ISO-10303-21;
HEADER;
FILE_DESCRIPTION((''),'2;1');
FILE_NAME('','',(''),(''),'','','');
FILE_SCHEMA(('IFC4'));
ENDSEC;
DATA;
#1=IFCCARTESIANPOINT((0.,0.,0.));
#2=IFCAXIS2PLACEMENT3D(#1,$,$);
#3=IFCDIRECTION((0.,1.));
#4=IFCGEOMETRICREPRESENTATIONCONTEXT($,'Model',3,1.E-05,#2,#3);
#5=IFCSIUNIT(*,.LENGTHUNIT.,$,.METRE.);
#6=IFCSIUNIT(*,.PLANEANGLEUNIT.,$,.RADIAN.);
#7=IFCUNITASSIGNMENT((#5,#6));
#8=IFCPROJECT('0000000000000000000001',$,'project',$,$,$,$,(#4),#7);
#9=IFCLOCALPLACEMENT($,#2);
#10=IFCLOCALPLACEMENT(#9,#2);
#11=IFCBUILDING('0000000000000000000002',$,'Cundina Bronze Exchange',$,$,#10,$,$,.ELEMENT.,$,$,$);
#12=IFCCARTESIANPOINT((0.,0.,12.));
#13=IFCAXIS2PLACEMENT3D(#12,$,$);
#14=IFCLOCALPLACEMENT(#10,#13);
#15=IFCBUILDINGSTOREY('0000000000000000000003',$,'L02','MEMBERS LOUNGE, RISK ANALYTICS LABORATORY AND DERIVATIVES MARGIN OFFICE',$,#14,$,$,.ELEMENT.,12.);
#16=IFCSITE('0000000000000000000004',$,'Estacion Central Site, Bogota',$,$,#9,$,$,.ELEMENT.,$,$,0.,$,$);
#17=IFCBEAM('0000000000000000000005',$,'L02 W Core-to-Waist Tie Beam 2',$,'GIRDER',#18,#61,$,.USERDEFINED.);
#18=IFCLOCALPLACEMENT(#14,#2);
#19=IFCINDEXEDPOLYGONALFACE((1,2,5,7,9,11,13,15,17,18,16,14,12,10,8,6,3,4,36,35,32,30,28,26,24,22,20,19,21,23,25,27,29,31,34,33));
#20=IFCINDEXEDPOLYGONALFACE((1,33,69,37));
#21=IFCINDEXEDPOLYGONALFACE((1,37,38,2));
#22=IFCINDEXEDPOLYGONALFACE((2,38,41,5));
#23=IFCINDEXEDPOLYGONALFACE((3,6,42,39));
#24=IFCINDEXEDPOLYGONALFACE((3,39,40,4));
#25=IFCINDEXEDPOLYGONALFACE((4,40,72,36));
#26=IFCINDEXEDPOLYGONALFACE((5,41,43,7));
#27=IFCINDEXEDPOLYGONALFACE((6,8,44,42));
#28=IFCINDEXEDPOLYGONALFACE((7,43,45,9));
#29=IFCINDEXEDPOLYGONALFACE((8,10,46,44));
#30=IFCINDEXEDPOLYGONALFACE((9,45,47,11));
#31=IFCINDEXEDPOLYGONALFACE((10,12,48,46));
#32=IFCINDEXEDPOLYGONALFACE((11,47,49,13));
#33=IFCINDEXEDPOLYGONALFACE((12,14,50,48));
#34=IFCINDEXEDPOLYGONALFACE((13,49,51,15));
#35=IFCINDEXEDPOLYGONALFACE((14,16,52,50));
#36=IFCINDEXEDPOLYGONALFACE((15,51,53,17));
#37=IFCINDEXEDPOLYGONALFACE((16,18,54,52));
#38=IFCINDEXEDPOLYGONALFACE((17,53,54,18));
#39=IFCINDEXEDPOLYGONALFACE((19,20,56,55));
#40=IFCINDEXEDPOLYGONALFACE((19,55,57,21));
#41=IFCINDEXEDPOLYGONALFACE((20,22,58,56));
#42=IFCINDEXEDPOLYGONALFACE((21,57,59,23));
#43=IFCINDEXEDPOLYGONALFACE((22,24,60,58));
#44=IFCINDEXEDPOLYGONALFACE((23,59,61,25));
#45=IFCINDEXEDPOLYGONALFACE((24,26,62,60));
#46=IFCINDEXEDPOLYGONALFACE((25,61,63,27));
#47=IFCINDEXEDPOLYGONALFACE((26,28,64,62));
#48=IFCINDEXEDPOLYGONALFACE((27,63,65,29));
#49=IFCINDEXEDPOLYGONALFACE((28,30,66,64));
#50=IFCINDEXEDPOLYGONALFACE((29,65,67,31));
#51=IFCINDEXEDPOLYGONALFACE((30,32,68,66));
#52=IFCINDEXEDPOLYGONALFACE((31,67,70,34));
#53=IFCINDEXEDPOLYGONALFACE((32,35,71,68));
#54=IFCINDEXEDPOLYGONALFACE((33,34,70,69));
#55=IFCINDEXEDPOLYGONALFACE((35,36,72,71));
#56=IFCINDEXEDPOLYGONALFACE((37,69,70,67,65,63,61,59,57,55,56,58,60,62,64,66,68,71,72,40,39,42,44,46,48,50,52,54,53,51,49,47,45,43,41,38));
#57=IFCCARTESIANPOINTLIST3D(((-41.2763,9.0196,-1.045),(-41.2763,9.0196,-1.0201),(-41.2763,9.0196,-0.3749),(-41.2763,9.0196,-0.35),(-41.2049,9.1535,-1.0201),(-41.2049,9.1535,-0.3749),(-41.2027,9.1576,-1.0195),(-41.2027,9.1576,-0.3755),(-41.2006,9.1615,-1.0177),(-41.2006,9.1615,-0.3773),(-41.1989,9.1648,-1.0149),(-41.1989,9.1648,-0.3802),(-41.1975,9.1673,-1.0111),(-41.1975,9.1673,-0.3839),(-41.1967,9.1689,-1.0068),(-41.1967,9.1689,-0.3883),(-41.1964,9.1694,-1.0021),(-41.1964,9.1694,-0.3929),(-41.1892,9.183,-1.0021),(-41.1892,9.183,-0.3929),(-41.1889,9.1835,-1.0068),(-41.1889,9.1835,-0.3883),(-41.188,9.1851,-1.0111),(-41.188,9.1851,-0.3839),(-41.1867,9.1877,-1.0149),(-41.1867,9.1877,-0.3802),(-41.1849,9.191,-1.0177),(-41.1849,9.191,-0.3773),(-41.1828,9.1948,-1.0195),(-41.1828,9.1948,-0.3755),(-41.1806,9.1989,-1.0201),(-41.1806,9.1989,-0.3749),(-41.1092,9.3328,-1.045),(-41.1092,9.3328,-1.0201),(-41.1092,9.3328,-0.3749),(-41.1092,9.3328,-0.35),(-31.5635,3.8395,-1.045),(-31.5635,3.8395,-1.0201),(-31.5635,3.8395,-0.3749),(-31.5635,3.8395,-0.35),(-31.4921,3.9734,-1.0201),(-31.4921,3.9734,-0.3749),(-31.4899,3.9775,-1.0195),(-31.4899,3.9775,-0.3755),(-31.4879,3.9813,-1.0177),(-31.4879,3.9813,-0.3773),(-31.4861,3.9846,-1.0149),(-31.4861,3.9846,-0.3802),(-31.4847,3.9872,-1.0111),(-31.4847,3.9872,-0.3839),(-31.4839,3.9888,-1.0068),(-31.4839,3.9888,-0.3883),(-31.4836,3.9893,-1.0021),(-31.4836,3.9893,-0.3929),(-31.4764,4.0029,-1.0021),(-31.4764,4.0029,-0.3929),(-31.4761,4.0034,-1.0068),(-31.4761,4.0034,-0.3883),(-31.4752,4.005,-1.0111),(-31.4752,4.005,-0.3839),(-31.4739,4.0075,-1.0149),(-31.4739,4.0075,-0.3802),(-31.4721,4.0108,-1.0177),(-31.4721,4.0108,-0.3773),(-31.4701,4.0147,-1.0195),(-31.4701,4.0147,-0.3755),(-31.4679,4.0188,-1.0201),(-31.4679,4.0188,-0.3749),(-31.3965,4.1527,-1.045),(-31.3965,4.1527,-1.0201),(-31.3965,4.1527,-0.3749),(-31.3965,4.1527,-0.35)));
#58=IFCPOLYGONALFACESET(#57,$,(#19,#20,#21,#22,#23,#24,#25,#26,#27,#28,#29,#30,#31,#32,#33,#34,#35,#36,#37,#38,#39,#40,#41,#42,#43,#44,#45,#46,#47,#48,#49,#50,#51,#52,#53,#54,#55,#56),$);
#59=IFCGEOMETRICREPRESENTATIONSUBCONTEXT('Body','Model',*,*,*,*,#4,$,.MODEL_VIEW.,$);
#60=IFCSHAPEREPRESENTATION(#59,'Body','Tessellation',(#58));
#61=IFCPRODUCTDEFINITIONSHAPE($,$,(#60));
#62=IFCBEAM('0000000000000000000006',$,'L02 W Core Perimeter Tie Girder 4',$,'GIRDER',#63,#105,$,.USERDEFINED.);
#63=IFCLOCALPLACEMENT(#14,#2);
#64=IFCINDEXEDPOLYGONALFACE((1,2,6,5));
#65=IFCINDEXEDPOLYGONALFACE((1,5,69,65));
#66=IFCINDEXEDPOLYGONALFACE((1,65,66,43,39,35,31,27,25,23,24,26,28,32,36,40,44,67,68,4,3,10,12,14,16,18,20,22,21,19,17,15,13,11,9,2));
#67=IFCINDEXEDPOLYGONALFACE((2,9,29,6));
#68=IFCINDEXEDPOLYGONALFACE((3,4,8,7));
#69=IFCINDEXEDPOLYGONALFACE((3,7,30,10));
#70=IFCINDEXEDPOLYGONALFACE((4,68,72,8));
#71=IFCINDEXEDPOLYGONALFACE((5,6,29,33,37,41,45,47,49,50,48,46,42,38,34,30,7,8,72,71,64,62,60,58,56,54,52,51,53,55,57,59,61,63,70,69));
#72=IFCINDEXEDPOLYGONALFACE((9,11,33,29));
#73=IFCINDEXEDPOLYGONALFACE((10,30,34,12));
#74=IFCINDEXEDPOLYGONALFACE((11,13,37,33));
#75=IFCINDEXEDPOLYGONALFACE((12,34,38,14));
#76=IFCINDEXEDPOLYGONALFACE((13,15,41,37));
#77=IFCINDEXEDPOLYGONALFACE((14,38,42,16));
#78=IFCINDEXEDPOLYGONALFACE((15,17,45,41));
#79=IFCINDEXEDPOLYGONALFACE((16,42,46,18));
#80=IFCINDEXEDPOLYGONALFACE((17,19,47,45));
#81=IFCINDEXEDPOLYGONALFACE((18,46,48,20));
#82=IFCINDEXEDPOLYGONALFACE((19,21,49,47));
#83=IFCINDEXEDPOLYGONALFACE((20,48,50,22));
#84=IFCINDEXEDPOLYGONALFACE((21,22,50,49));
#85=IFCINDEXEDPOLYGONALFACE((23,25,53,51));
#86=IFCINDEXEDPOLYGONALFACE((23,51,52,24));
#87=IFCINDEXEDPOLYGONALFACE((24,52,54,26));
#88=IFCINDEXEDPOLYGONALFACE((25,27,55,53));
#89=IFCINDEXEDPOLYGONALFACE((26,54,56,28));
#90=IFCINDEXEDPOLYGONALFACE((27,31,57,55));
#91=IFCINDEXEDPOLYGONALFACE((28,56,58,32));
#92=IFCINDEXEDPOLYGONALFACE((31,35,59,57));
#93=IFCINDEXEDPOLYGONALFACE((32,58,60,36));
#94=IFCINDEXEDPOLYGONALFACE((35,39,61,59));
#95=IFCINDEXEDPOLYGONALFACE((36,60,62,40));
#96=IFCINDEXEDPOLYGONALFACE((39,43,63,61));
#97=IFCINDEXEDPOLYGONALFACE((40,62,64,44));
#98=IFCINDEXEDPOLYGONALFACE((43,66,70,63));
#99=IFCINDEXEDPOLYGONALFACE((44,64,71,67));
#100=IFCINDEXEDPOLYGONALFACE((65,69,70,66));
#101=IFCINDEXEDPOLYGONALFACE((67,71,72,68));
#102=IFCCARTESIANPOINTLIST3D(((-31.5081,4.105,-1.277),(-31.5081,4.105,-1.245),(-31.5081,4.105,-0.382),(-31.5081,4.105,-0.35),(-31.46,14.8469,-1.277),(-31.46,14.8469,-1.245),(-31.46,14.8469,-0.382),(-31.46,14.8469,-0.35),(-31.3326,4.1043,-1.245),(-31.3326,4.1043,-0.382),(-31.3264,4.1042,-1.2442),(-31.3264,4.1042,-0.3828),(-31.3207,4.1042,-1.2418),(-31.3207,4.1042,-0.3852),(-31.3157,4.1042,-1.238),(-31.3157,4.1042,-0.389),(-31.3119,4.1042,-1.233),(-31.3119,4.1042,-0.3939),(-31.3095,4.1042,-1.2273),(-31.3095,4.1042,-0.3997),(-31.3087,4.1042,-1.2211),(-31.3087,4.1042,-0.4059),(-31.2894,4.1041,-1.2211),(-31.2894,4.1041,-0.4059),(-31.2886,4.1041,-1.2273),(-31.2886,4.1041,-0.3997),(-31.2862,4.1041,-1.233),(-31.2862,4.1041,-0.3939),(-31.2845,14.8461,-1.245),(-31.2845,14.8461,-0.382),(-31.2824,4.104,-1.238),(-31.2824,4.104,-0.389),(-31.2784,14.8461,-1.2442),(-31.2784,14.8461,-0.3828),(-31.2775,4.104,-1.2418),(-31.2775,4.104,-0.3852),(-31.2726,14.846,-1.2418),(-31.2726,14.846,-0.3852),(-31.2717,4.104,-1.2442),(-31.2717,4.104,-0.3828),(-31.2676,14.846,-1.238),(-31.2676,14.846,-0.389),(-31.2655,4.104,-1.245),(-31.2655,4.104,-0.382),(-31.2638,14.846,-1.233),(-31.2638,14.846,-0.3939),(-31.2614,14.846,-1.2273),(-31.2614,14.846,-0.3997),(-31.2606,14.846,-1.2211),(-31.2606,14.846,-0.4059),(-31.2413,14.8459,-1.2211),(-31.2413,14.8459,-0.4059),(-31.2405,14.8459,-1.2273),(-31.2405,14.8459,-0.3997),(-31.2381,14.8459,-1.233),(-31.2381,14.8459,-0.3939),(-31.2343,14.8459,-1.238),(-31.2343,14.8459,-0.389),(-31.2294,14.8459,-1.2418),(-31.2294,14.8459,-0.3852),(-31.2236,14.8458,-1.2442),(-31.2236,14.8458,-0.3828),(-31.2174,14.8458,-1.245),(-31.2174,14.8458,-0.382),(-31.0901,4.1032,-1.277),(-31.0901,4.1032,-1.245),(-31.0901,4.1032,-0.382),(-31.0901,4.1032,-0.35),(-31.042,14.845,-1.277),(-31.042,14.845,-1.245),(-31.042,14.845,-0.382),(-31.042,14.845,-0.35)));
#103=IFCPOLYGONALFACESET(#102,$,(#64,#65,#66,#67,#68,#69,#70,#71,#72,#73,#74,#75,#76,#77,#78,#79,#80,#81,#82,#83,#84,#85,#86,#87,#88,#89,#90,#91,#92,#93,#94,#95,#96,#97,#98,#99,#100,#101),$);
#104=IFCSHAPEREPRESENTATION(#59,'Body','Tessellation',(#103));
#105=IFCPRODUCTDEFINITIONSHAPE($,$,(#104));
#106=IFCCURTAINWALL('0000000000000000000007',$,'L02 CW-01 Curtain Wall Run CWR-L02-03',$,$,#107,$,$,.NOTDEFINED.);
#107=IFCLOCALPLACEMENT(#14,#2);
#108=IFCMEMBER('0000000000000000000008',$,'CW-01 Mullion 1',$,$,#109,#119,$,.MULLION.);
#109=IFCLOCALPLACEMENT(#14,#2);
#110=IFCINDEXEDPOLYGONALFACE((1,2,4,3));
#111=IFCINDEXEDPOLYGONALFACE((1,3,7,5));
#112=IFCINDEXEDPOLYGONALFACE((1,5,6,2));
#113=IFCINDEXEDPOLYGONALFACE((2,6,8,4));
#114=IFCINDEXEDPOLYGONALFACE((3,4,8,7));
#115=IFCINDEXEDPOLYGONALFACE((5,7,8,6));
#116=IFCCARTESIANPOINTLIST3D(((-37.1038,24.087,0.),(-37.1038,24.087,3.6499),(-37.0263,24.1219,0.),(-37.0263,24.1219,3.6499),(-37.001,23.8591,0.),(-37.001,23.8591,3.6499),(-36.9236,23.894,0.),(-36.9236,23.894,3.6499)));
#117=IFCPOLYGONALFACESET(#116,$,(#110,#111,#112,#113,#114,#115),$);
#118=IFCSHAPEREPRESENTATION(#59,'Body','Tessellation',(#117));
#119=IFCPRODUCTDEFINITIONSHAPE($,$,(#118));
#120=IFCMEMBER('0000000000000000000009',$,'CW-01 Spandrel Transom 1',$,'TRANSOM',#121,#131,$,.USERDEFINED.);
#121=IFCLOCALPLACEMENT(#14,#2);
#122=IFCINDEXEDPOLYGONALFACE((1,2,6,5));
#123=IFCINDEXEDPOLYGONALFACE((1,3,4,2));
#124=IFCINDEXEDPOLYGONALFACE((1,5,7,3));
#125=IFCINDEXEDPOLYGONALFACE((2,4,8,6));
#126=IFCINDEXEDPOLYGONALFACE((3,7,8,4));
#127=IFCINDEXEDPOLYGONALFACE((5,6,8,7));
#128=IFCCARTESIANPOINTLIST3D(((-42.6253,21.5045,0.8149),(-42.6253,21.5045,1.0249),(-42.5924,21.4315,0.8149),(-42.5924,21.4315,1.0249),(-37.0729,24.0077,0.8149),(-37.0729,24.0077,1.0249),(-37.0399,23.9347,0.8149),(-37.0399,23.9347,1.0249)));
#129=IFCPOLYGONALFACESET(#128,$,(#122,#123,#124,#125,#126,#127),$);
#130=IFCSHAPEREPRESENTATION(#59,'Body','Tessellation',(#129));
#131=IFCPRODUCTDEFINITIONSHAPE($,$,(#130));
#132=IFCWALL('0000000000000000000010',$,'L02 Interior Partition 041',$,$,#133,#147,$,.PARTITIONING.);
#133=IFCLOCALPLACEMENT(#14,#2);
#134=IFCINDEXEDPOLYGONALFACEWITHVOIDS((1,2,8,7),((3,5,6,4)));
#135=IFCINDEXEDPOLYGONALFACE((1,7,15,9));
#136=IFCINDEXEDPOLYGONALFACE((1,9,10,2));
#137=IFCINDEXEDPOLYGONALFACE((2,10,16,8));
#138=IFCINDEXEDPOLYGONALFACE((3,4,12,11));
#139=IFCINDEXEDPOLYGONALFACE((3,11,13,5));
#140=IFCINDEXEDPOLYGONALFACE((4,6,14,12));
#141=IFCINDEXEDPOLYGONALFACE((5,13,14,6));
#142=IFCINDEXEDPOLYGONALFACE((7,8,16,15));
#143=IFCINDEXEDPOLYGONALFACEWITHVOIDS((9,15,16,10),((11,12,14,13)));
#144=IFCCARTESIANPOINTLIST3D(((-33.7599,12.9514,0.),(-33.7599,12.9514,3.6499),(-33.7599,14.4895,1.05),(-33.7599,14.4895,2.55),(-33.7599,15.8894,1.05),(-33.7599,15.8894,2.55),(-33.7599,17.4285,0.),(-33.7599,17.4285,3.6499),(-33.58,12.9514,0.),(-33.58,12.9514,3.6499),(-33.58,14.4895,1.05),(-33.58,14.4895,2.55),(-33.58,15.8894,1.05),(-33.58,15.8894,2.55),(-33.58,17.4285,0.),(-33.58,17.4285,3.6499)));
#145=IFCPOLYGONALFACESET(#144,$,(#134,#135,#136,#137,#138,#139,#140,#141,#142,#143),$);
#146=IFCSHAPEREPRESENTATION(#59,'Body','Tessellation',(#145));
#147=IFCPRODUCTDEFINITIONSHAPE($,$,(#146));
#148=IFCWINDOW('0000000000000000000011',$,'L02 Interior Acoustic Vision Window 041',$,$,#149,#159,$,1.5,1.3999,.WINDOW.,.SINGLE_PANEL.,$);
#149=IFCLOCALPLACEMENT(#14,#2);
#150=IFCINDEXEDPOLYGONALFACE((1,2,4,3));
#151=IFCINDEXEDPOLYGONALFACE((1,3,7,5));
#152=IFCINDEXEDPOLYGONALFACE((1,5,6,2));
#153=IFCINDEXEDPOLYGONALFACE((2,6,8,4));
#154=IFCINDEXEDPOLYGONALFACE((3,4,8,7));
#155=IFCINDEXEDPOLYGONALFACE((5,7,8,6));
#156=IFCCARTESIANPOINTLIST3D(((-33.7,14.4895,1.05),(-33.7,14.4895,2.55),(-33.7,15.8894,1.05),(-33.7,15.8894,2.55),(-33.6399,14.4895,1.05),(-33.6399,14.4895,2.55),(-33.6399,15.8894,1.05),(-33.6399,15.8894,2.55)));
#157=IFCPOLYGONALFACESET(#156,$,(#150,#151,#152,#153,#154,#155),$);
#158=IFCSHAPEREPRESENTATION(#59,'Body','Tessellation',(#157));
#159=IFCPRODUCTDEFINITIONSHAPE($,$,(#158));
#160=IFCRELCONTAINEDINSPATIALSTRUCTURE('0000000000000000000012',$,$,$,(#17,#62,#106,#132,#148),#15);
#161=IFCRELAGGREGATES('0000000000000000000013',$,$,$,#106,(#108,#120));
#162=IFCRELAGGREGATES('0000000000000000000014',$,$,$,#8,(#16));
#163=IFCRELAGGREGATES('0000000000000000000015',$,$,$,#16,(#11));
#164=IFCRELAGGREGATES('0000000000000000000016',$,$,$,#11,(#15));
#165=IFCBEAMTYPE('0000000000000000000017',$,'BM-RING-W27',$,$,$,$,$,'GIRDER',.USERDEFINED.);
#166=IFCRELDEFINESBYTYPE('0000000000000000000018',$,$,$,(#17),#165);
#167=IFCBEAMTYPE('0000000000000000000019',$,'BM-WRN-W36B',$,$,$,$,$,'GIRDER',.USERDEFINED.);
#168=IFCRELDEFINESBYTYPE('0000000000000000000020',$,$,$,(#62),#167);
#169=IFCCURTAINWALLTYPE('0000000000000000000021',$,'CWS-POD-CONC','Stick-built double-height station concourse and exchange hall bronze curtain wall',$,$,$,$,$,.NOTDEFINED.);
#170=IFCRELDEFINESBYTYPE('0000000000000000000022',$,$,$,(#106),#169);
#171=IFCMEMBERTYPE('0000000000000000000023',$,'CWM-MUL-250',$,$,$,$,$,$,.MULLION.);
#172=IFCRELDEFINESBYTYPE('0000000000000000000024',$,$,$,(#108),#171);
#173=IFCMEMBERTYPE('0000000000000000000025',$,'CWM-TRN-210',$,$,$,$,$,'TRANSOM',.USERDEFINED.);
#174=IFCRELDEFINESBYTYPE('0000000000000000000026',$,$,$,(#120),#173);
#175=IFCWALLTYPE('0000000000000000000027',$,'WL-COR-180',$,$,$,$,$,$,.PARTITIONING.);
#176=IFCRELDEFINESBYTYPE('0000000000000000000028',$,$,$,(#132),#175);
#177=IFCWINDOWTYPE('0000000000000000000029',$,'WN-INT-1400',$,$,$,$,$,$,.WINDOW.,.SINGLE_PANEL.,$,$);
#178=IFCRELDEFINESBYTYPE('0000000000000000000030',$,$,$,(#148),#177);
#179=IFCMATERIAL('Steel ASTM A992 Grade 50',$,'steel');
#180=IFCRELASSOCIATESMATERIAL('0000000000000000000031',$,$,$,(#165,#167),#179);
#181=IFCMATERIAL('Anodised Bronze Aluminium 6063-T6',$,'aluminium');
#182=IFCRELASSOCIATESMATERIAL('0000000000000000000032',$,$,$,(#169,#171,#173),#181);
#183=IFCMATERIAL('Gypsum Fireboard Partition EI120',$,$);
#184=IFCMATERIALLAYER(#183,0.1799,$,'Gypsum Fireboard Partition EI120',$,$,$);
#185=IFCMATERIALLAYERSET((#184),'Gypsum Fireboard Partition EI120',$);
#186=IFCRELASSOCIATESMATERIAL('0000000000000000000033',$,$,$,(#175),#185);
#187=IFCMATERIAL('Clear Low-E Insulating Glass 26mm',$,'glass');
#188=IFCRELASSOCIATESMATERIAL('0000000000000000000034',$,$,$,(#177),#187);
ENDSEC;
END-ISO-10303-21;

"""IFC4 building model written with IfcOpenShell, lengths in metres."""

from ifc_helpers import new_model, si_unit, direction, frame, frame_2d, origin, origin_2d, place, context, subcontext, project, spatial, rectangle, i_section, extrude, material, layer, layer_set, material_profile, profile_set, type_object, element, fill, aggregate, save


model = new_model("IFC4")

# Units and contexts
model_context = context("Model", 3, precision=1e-05, world=origin(), true_north=direction((0.0, 1.0)))
body_context = subcontext(model_context, "Body", "Model", "MODEL_VIEW")
ifc_project = project(units=[si_unit("LENGTHUNIT", "METRE"), si_unit("PLANEANGLEUNIT", "RADIAN")], contexts=[model_context])

# Site, building, storey
site_placement = place(None, origin())
site = spatial("IfcSite", under=ifc_project, at=site_placement, Name="Estacion Central Site, Bogota", CompositionType="ELEMENT", RefElevation=0.0)
building_placement = place(site_placement, origin())
building = spatial("IfcBuilding", under=site, at=building_placement, Name="Cundina Bronze Exchange", CompositionType="ELEMENT")
storey_placement = place(building_placement, frame((0.0, 0.0, 12.0)))
storey = spatial("IfcBuildingStorey", under=building, at=storey_placement, Name="L02", Description="MEMBERS LOUNGE, RISK ANALYTICS LABORATORY AND DERIVATIVES MARGIN OFFICE", CompositionType="ELEMENT", Elevation=12.0)

# Shared definitions
ifc_material_1 = material(Name="Steel ASTM A992 Grade 50", Category="steel")

# Beams
ifc_material_profile_1 = material_profile(ifc_material_1, i_section(OverallWidth=0.355, OverallDepth=0.6951, WebThickness=0.0154, FlangeThickness=0.0249, FilletRadius=0.0181, at=origin_2d()), Name="W27X146", Category="steel")
ifc_profile_set_1 = profile_set([ifc_material_profile_1], Name="Steel ASTM A992 Grade 50")
beam_type_1 = type_object("IfcBeamType", Name="BM-RING-W27", ElementType="GIRDER", PredefinedType="USERDEFINED", material=ifc_profile_set_1)
beam_1_placement = place(storey_placement, frame((-31.48, 3.9961, -0.6975), z_axis=(-0.882354, 0.470586, 0.0), x_axis=(-0.470586, -0.882354, 0.0)))
element("IfcBeam", 1, at=beam_1_placement, inside=storey, type_object=beam_type_1, Name="L02 W Core-to-Waist Tie Beam 2", ObjectType="GIRDER", PredefinedType="USERDEFINED", context=body_context, shape_type="SweptSolid", body=[
    extrude(i_section(OverallWidth=0.355, OverallDepth=0.6951, WebThickness=0.0154, FlangeThickness=0.0249, FilletRadius=0.0181, at=origin_2d()), origin(), (0.0, 0.0, 1.0), 11.0078),
])
ifc_material_profile_2 = material_profile(ifc_material_1, i_section(OverallWidth=0.418, OverallDepth=0.927, WebThickness=0.0193, FlangeThickness=0.032, FilletRadius=0.0239, at=origin_2d()), Name="W36X231", Category="steel")
ifc_profile_set_2 = profile_set([ifc_material_profile_2], Name="Steel ASTM A992 Grade 50")
beam_type_2 = type_object("IfcBeamType", Name="BM-WRN-W36B", ElementType="GIRDER", PredefinedType="USERDEFINED", material=ifc_profile_set_2)
beam_2_placement = place(storey_placement, frame((-31.251, 14.8459, -0.8135), z_axis=(-0.004477, -0.99999, 0.0), x_axis=(0.99999, -0.004477, 0.0)))
element("IfcBeam", 2, at=beam_2_placement, inside=storey, type_object=beam_type_2, Name="L02 W Core Perimeter Tie Girder 4", ObjectType="GIRDER", PredefinedType="USERDEFINED", context=body_context, shape_type="SweptSolid", body=[
    extrude(i_section(OverallWidth=0.418, OverallDepth=0.927, WebThickness=0.0193, FlangeThickness=0.032, FilletRadius=0.0239, at=origin_2d()), origin(), (0.0, 0.0, 1.0), 10.7419),
])

# Curtain wall, members
ifc_material_2 = material(Name="Anodised Bronze Aluminium 6063-T6", Category="aluminium")
curtain_wall_type = type_object("IfcCurtainWallType", Name="CWS-POD-CONC", Description="Stick-built double-height station concourse and exchange hall bronze curtain wall", PredefinedType="NOTDEFINED", material=ifc_material_2)
curtain_wall_placement = place(storey_placement, origin())
curtain_wall = element("IfcCurtainWall", 3, at=curtain_wall_placement, inside=storey, type_object=curtain_wall_type, Name="L02 CW-01 Curtain Wall Run CWR-L02-03", PredefinedType="NOTDEFINED")
ifc_material_profile_3 = material_profile(ifc_material_2, rectangle(XDim=0.085, YDim=0.25, at=origin_2d()), Name="AL85X250", Category="aluminium")
ifc_profile_set_3 = profile_set([ifc_material_profile_3], Name="Anodised Bronze Aluminium 6063-T6")
member_type_1 = type_object("IfcMemberType", Name="CWM-MUL-250", PredefinedType="MULLION", material=ifc_profile_set_3)
member_1_placement = place(storey_placement, frame((-37.0137, 23.9905, 0.0), z_axis=(0.0, 0.0, 1.0), x_axis=(-0.911619, -0.411037, 0.0)))
member_1 = element("IfcMember", 4, at=member_1_placement, type_object=member_type_1, Name="CW-01 Mullion 1", PredefinedType="MULLION", context=body_context, shape_type="SweptSolid", body=[
    extrude(rectangle(XDim=0.085, YDim=0.25, at=origin_2d()), origin(), (0.0, 0.0, 1.0), 3.6499),
])
ifc_material_profile_4 = material_profile(ifc_material_2, rectangle(XDim=0.0801, YDim=0.21, at=origin_2d()), Name="AL80X210", Category="aluminium")
ifc_profile_set_4 = profile_set([ifc_material_profile_4], Name="Anodised Bronze Aluminium 6063-T6")
member_type_2 = type_object("IfcMemberType", Name="CWM-TRN-210", ElementType="TRANSOM", PredefinedType="USERDEFINED", material=ifc_profile_set_4)
member_2_placement = place(storey_placement, frame((-37.0564, 23.9712, 0.9199), z_axis=(-0.911642, -0.410986, 0.0), x_axis=(0.410986, -0.911642, 0.0)))
member_2 = element("IfcMember", 5, at=member_2_placement, type_object=member_type_2, Name="CW-01 Spandrel Transom 1", ObjectType="TRANSOM", PredefinedType="USERDEFINED", context=body_context, shape_type="SweptSolid", body=[
    extrude(rectangle(XDim=0.0801, YDim=0.21, at=origin_2d()), origin(), (0.0, 0.0, 1.0), 6.0906),
])
aggregate(curtain_wall, [member_1, member_2])

# Shared definitions
ifc_material_3 = material(Name="Gypsum Fireboard Partition EI120")
ifc_layer_1 = layer(ifc_material_3, 0.1799, Name="Gypsum Fireboard Partition EI120")
ifc_layer_set_1 = layer_set([ifc_layer_1], Name="Gypsum Fireboard Partition EI120")
wall_type_1 = type_object("IfcWallType", Name="WL-COR-180", PredefinedType="PARTITIONING", material=ifc_layer_set_1)

# Wall, opening, window
wall_1_placement = place(storey_placement, frame((-33.6699, 17.4285, 0.0), z_axis=(0.0, 0.0, 1.0), x_axis=(0.0, -1.0, 0.0)))
wall_1 = element("IfcWall", 6, at=wall_1_placement, inside=storey, type_object=wall_type_1, Name="L02 Interior Partition 041", PredefinedType="PARTITIONING", context=body_context, shape_type="SweptSolid", body=[
    extrude(rectangle(XDim=4.4771, YDim=0.1799, at=frame_2d((2.2385, 0.0))), origin(), (0.0, 0.0, 1.0), 3.6499),
])
opening_1_placement = place(wall_1_placement, frame((1.5391, 0.0, 1.05)))
opening_1 = element("IfcOpeningElement", 7, at=opening_1_placement, cuts=wall_1, PredefinedType="OPENING", context=body_context, shape_type="SweptSolid", body=[
    extrude(rectangle(XDim=1.3999, YDim=1.5, at=frame_2d((0.7, 0.75))), frame((0.0, 0.0999, 0.0), z_axis=(0.0, -1.0, 0.0), x_axis=(1.0, 0.0, 0.0)), (0.0, 0.0, 1.0), 0.2),
])
ifc_material_4 = material(Name="Clear Low-E Insulating Glass 26mm", Category="glass")
window_type_1 = type_object("IfcWindowType", Name="WN-INT-1400", PartitioningType="SINGLE_PANEL", PredefinedType="WINDOW", material=ifc_material_4)
window_1_placement = place(opening_1_placement, origin())
window_1 = element("IfcWindow", 8, at=window_1_placement, inside=storey, type_object=window_type_1, Name="L02 Interior Acoustic Vision Window 041", OverallHeight=1.5, OverallWidth=1.3999, PartitioningType="SINGLE_PANEL", PredefinedType="WINDOW", context=body_context, shape_type="SweptSolid", body=[
    extrude(rectangle(XDim=1.3999, YDim=1.5, at=frame_2d((0.7, 0.75))), frame((0.0, 0.03, 0.0), z_axis=(0.0, -1.0, 0.0), x_axis=(1.0, 0.0, 0.0)), (0.0, 0.0, 1.0), 0.0601),
])
fill(opening_1, window_1)

save(model, "model.ifc")
